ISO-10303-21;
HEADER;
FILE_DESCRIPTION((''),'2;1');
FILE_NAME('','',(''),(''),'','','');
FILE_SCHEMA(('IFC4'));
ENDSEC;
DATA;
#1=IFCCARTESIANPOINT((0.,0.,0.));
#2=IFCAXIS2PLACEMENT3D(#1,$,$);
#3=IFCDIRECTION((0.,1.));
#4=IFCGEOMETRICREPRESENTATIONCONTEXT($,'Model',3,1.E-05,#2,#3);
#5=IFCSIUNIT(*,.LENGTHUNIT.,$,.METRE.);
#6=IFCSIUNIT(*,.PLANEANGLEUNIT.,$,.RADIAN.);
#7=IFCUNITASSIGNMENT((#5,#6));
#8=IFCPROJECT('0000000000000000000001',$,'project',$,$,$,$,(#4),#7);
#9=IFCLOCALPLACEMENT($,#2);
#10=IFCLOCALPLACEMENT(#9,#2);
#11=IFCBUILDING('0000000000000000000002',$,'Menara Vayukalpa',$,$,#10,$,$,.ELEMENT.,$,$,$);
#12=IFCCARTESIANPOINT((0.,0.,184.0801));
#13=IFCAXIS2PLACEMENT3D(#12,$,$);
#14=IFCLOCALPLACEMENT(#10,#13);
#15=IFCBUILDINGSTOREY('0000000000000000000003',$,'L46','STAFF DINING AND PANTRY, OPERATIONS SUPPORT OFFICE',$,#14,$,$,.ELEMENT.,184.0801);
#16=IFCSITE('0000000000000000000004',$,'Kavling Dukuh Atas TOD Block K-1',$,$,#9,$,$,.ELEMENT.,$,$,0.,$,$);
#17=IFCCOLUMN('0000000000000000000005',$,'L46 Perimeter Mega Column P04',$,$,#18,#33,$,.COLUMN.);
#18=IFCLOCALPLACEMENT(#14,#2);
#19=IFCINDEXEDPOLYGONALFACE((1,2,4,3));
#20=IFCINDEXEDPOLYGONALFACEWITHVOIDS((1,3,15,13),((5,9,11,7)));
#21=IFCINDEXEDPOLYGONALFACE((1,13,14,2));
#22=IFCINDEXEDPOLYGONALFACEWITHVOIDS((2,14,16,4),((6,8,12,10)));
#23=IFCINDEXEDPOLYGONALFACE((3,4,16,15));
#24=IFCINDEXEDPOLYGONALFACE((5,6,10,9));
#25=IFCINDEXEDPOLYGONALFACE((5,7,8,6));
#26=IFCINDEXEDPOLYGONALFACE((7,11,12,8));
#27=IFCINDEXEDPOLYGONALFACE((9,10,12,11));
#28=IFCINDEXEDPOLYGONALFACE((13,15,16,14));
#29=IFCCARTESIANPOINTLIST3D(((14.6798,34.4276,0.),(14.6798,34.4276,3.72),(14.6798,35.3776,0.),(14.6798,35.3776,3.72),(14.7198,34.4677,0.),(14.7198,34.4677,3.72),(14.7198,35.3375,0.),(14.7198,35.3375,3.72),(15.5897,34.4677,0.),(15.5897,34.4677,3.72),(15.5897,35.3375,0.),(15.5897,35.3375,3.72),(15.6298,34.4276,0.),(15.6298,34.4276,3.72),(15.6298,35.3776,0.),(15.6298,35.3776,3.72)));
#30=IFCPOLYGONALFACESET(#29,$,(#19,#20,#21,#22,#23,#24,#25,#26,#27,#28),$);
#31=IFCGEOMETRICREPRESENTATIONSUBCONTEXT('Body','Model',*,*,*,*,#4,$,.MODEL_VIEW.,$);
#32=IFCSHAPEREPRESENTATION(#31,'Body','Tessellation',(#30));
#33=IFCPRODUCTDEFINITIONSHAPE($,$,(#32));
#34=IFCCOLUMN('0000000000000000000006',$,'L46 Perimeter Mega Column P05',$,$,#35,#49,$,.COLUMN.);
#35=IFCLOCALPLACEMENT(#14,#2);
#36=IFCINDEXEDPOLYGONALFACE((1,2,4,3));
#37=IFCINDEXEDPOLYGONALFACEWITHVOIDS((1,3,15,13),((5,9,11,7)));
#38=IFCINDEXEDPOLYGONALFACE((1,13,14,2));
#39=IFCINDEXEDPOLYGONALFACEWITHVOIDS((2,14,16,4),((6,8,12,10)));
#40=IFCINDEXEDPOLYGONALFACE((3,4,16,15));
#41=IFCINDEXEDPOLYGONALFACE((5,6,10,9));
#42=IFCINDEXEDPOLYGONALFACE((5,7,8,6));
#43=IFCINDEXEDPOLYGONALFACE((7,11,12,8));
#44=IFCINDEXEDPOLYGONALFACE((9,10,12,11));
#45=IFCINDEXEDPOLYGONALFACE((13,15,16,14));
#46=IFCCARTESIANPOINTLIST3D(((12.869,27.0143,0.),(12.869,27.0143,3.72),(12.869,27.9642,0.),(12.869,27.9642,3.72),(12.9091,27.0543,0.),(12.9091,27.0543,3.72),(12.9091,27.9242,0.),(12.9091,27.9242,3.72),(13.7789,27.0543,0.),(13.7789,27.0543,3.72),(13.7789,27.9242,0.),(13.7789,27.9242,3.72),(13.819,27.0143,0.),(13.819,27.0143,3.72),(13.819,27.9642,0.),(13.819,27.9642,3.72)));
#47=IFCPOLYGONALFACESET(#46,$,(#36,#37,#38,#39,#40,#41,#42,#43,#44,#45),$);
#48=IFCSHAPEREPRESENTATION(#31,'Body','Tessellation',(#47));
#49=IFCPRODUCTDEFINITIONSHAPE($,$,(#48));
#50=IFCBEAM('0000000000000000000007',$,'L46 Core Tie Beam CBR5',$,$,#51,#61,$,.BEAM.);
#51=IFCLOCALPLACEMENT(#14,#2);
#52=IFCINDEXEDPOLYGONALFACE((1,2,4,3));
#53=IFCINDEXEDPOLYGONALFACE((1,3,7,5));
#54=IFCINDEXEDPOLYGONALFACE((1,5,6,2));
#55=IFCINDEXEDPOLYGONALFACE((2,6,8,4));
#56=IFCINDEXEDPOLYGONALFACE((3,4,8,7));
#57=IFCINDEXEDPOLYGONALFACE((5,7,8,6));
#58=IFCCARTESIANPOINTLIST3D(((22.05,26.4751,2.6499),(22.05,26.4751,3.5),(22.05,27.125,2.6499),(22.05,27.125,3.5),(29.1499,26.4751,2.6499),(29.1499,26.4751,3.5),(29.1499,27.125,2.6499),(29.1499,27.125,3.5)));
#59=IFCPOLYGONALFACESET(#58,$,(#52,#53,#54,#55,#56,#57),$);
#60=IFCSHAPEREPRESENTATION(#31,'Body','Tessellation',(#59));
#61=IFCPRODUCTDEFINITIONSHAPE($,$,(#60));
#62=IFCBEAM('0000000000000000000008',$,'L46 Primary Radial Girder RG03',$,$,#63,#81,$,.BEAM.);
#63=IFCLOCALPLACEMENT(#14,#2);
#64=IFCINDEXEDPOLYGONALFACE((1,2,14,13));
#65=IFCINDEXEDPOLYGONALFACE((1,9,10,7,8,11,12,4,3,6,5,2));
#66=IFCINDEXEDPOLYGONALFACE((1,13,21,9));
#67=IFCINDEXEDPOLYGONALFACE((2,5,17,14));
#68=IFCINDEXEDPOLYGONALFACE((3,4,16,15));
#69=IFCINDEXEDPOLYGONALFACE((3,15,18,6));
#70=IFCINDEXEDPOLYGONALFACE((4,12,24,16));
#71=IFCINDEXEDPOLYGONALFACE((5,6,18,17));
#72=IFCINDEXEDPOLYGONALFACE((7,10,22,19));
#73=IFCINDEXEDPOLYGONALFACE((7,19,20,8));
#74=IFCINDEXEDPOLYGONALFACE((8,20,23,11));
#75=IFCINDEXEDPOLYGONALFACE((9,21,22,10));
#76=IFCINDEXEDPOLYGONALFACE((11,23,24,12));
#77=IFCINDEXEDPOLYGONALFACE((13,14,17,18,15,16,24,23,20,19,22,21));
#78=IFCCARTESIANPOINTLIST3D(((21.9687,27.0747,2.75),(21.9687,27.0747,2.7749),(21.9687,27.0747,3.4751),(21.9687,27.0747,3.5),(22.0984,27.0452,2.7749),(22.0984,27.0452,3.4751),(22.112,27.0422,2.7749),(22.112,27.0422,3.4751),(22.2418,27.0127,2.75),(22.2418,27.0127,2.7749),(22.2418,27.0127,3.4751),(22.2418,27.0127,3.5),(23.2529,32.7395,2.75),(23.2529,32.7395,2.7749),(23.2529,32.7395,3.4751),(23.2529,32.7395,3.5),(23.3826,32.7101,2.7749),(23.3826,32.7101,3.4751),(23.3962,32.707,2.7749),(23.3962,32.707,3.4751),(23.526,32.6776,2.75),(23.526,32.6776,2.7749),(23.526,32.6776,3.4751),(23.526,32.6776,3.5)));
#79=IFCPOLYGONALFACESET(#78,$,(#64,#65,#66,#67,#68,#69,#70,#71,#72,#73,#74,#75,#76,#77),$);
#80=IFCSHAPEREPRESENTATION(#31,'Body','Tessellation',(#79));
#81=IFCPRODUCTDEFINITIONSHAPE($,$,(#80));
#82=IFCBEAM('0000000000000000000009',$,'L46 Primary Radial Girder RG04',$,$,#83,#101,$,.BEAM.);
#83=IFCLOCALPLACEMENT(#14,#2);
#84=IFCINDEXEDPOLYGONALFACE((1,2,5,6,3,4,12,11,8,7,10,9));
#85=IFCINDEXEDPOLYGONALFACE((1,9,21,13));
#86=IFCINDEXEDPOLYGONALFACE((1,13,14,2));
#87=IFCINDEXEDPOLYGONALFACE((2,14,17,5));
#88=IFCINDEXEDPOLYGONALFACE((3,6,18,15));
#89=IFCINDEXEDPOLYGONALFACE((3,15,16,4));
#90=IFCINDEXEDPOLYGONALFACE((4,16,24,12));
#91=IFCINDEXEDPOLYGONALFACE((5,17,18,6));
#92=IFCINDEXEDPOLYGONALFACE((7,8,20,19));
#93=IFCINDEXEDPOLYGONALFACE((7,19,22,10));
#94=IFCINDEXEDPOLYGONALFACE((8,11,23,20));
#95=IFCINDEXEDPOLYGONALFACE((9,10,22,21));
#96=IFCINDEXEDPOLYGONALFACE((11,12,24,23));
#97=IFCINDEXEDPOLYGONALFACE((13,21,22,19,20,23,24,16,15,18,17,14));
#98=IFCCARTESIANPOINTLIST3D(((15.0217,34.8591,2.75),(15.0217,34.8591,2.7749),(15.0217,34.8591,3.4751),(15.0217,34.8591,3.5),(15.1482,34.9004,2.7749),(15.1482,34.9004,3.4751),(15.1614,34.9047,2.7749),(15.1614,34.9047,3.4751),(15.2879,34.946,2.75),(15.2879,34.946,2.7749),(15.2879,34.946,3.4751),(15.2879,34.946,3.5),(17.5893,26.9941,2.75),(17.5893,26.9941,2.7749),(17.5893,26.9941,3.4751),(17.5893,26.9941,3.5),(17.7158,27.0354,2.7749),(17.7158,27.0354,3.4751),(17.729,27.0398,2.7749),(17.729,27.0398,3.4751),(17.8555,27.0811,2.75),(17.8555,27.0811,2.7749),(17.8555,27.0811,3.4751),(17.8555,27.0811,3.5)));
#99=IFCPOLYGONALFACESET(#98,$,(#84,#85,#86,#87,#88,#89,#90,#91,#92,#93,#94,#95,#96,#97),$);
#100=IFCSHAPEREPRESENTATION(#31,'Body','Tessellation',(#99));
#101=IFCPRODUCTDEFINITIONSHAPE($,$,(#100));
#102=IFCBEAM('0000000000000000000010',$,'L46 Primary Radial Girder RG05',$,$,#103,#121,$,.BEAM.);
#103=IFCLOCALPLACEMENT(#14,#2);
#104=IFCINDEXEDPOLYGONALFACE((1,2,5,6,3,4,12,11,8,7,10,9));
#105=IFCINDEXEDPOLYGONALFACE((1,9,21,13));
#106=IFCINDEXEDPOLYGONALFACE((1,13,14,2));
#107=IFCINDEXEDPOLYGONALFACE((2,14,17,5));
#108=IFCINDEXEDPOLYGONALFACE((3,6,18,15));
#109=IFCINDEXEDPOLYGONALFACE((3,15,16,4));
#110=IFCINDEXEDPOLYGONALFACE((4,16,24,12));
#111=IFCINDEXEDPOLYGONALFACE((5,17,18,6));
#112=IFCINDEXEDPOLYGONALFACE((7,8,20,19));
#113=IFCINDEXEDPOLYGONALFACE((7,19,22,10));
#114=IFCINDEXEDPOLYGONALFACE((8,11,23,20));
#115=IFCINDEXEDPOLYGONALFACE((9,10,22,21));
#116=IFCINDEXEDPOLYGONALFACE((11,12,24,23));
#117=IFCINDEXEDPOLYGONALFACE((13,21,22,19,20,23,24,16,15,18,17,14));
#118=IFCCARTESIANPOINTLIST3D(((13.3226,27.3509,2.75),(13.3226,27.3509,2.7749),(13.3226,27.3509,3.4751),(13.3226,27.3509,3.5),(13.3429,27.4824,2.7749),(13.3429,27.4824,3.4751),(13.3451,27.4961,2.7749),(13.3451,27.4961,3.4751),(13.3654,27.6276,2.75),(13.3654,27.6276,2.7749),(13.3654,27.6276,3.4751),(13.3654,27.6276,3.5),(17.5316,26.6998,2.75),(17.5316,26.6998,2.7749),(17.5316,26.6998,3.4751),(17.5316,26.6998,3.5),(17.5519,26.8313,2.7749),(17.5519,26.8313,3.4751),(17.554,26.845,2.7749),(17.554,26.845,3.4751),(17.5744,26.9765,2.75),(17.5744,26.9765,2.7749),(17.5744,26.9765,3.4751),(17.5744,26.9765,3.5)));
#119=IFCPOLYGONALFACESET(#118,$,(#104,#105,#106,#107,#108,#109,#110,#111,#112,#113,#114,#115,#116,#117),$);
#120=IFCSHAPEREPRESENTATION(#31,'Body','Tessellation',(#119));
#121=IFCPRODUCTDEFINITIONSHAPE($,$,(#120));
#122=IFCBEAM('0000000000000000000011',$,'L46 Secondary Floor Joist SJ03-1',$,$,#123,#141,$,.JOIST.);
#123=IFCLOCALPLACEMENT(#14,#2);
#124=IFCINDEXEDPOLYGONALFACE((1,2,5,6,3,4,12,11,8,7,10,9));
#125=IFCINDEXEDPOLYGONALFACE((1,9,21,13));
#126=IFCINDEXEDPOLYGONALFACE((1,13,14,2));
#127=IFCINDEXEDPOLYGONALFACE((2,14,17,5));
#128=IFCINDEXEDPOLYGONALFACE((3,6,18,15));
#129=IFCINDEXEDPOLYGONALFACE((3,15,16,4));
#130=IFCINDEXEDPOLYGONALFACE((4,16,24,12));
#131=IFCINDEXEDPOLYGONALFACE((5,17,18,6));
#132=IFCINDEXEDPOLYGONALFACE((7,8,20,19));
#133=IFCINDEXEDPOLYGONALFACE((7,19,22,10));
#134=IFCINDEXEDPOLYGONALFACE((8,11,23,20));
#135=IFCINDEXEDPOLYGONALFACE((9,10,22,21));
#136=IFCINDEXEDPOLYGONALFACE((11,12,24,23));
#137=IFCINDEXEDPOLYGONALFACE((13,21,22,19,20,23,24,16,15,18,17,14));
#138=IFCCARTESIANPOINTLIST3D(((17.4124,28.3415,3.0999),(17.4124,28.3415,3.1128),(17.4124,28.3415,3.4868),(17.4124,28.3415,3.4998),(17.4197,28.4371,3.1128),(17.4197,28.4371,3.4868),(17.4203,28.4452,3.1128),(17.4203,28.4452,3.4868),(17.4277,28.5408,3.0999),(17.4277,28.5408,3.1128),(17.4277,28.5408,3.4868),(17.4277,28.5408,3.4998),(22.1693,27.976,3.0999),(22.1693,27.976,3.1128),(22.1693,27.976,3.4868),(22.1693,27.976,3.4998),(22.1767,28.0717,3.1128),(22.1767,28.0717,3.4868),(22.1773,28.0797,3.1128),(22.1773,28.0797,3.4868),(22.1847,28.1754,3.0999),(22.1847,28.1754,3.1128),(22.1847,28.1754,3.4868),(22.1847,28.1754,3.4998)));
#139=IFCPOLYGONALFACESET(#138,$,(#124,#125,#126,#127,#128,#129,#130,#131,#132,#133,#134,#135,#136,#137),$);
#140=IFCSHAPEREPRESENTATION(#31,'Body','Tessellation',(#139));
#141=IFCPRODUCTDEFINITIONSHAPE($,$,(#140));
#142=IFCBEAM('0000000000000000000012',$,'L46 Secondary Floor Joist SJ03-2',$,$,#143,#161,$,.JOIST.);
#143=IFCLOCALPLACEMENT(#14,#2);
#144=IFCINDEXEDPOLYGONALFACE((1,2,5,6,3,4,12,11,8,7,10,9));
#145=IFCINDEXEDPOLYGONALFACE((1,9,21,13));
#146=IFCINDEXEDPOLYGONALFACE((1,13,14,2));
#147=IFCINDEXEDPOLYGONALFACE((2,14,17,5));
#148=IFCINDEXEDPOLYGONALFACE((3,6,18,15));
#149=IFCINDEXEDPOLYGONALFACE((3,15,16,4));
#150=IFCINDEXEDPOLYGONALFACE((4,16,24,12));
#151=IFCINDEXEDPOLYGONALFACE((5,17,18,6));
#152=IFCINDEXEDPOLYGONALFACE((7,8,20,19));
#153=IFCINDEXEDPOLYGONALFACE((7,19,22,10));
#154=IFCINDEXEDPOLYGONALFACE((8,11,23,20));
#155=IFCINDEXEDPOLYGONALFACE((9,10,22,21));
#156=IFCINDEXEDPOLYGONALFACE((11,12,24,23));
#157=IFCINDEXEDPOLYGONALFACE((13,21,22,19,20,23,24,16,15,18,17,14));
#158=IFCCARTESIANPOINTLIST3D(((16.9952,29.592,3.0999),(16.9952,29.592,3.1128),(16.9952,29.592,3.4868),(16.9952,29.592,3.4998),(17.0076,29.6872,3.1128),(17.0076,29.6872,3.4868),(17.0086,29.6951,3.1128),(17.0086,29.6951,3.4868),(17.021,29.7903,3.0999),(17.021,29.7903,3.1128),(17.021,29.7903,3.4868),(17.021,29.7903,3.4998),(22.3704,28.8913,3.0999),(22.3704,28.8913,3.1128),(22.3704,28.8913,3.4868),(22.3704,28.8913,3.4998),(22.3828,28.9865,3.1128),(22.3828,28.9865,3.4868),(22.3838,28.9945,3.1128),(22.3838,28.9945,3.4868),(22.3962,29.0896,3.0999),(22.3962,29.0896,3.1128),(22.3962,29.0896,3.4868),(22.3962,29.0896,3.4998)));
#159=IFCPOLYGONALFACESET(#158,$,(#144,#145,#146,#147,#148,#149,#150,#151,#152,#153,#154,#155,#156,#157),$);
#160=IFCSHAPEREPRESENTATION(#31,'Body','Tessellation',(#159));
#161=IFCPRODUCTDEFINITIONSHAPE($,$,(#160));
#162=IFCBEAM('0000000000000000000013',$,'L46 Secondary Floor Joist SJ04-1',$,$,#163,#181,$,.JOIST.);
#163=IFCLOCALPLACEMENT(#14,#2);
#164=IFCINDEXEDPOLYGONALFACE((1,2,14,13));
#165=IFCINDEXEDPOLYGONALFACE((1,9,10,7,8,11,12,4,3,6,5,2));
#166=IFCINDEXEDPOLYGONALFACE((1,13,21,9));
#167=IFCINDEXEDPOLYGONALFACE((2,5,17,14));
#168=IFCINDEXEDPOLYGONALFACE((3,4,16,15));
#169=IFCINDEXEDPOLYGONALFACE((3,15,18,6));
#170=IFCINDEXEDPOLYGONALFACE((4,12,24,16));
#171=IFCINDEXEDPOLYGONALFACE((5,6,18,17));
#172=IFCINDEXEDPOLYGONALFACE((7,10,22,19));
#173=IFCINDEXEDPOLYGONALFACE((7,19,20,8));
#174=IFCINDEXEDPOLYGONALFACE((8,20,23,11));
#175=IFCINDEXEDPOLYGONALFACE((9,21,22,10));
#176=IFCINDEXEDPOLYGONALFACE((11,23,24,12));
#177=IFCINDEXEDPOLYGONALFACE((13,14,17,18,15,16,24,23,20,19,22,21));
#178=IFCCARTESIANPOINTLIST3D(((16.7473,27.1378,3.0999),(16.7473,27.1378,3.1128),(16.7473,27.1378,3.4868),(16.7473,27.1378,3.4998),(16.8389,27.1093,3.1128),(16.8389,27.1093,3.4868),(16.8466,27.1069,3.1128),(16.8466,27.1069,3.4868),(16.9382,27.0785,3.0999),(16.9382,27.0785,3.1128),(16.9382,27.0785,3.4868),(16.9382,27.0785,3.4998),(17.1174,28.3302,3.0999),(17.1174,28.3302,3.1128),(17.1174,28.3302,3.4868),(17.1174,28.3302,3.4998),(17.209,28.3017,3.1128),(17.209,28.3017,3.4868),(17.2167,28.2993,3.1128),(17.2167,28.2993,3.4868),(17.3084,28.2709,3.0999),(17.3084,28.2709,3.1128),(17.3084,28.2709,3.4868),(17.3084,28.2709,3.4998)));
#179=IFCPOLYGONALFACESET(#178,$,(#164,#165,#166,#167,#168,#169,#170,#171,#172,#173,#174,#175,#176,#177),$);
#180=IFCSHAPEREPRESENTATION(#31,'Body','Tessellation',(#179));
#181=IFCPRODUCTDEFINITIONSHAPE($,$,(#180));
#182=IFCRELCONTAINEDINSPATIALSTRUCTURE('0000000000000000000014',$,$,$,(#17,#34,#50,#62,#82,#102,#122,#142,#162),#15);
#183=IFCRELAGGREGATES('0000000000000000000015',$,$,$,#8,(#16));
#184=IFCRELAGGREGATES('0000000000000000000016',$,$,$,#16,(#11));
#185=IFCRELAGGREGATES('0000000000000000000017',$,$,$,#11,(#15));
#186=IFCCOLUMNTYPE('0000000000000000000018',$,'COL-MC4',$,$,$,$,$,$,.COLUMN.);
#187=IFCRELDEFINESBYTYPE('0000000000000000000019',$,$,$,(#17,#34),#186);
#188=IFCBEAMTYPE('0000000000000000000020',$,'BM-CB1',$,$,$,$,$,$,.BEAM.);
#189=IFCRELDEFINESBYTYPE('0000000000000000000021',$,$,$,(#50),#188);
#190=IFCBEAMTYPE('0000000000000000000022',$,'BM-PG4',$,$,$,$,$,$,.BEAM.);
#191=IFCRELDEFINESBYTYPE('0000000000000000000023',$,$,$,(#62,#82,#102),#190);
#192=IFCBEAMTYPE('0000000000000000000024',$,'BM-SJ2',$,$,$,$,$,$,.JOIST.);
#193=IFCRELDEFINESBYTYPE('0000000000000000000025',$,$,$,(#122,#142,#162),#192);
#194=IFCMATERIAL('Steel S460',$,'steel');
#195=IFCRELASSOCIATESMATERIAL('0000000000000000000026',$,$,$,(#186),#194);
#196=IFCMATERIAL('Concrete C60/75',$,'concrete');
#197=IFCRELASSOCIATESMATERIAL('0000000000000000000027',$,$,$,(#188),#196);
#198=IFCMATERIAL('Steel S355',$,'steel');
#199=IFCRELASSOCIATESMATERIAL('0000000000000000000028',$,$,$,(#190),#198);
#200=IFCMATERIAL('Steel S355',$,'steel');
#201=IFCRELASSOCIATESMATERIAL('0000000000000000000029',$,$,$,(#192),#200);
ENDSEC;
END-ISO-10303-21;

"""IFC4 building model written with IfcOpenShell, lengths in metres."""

from ifc_helpers import new_model, si_unit, direction, frame, origin, origin_2d, place, context, subcontext, project, spatial, rectangle, hollow_rectangle, i_section, extrude, material, material_profile, profile_set, type_object, element, save


model = new_model("IFC4")

# Units and contexts
model_context = context("Model", 3, precision=1e-05, world=origin(), true_north=direction((0.0, 1.0)))
body_context = subcontext(model_context, "Body", "Model", "MODEL_VIEW")
ifc_project = project(units=[si_unit("LENGTHUNIT", "METRE"), si_unit("PLANEANGLEUNIT", "RADIAN")], contexts=[model_context])

# Site, building, storey
site_placement = place(None, origin())
site = spatial("IfcSite", under=ifc_project, at=site_placement, Name="Kavling Dukuh Atas TOD Block K-1", CompositionType="ELEMENT", RefElevation=0.0)
building_placement = place(site_placement, origin())
building = spatial("IfcBuilding", under=site, at=building_placement, Name="Menara Vayukalpa", CompositionType="ELEMENT")
storey_placement = place(building_placement, frame((0.0, 0.0, 184.0801)))
storey = spatial("IfcBuildingStorey", under=building, at=storey_placement, Name="L46", Description="STAFF DINING AND PANTRY, OPERATIONS SUPPORT OFFICE", CompositionType="ELEMENT", Elevation=184.0801)

# Columns
ifc_material_1 = material(Name="Steel S460", Category="steel")
ifc_material_profile_1 = material_profile(ifc_material_1, hollow_rectangle(XDim=0.95, YDim=0.95, WallThickness=0.04, at=origin_2d()), Name="BOX 950x950x40")
ifc_profile_set_1 = profile_set([ifc_material_profile_1], Name="Steel S460")
column_type = type_object("IfcColumnType", Name="COL-MC4", PredefinedType="COLUMN", material=ifc_profile_set_1)
for number, where, z_axis, x_axis, name in (
    (1, (15.1548, 34.9026, 0.0), (0.0, 0.0, 1.0), (1.0, 0.0, 0.0), "L46 Perimeter Mega Column P04"),
    (2, (13.344, 27.4893, 0.0), (0.0, 0.0, 1.0), (1.0, 0.0, 0.0), "L46 Perimeter Mega Column P05"),
):
    element("IfcColumn", number, at=place(storey_placement, frame(where, z_axis=z_axis, x_axis=x_axis)), inside=storey, type_object=column_type, Name=name, PredefinedType="COLUMN", context=body_context, shape_type="SweptSolid", body=[
        extrude(hollow_rectangle(XDim=0.95, YDim=0.95, WallThickness=0.04, at=origin_2d()), origin(), (0.0, 0.0, 1.0), 3.72),
    ])

# Beams
ifc_material_2 = material(Name="Concrete C60/75", Category="concrete")
ifc_material_profile_2 = material_profile(ifc_material_2, rectangle(XDim=0.6499, YDim=0.8501, at=origin_2d()), Name="RC 650x850")
ifc_profile_set_2 = profile_set([ifc_material_profile_2], Name="Concrete C60/75")
beam_type_1 = type_object("IfcBeamType", Name="BM-CB1", PredefinedType="BEAM", material=ifc_profile_set_2)
beam_1_placement = place(storey_placement, frame((22.05, 26.8, 3.075), z_axis=(1.0, 0.0, 0.0), x_axis=(0.0, 1.0, 0.0)))
element("IfcBeam", 3, at=beam_1_placement, inside=storey, type_object=beam_type_1, Name="L46 Core Tie Beam CBR5", PredefinedType="BEAM", context=body_context, shape_type="SweptSolid", body=[
    extrude(rectangle(XDim=0.6499, YDim=0.8501, at=origin_2d()), origin(), (0.0, 0.0, 1.0), 7.0999),
])
ifc_material_3 = material(Name="Steel S355", Category="steel")
ifc_material_profile_3 = material_profile(ifc_material_3, i_section(OverallWidth=0.28, OverallDepth=0.75, WebThickness=0.0139, FlangeThickness=0.0249, at=origin_2d()), Name="WF 750x280x14x25")
ifc_profile_set_3 = profile_set([ifc_material_profile_3], Name="Steel S355")
beam_type_2 = type_object("IfcBeamType", Name="BM-PG4", PredefinedType="BEAM", material=ifc_profile_set_3)
beam_2_placement = place(storey_placement, frame((22.1052, 27.0437, 3.125), z_axis=(0.221085, 0.975255, 0.0), x_axis=(-0.975255, 0.221085, 0.0)))
element("IfcBeam", 4, at=beam_2_placement, inside=storey, type_object=beam_type_2, Name="L46 Primary Radial Girder RG03", PredefinedType="BEAM", context=body_context, shape_type="SweptSolid", body=[
    extrude(i_section(OverallWidth=0.28, OverallDepth=0.75, WebThickness=0.0139, FlangeThickness=0.0249, at=origin_2d()), origin(), (0.0, 0.0, 1.0), 5.8086),
])
beam_3_placement = place(storey_placement, frame((17.7224, 27.0376, 3.125), z_axis=(-0.310344, 0.950624, 0.0), x_axis=(-0.950624, -0.310344, 0.0)))
element("IfcBeam", 5, at=beam_3_placement, inside=storey, type_object=beam_type_2, Name="L46 Primary Radial Girder RG04", PredefinedType="BEAM", context=body_context, shape_type="SweptSolid", body=[
    extrude(i_section(OverallWidth=0.28, OverallDepth=0.75, WebThickness=0.0139, FlangeThickness=0.0249, at=origin_2d()), origin(), (0.0, 0.0, 1.0), 8.2734),
])
beam_4_placement = place(storey_placement, frame((17.553, 26.8381, 3.125), z_axis=(-0.988245, 0.15288, 0.0), x_axis=(-0.15288, -0.988245, 0.0)))
element("IfcBeam", 6, at=beam_4_placement, inside=storey, type_object=beam_type_2, Name="L46 Primary Radial Girder RG05", PredefinedType="BEAM", context=body_context, shape_type="SweptSolid", body=[
    extrude(i_section(OverallWidth=0.28, OverallDepth=0.75, WebThickness=0.0139, FlangeThickness=0.0249, at=origin_2d()), origin(), (0.0, 0.0, 1.0), 4.259),
])
ifc_material_4 = material(Name="Steel S355", Category="steel")
ifc_material_profile_4 = material_profile(ifc_material_4, i_section(OverallWidth=0.2, OverallDepth=0.3999, WebThickness=0.0081, FlangeThickness=0.0129, at=origin_2d()), Name="WF 400x200x8x13")
ifc_profile_set_4 = profile_set([ifc_material_profile_4], Name="Steel S355")
beam_type_3 = type_object("IfcBeamType", Name="BM-SJ2", PredefinedType="JOIST", material=ifc_profile_set_4)
beam_5_placement = place(storey_placement, frame((22.177, 28.0757, 3.2998), z_axis=(-0.997062, 0.076603, 0.0), x_axis=(-0.076603, -0.997062, 0.0)))
element("IfcBeam", 7, at=beam_5_placement, inside=storey, type_object=beam_type_3, Name="L46 Secondary Floor Joist SJ03-1", PredefinedType="JOIST", context=body_context, shape_type="SweptSolid", body=[
    extrude(i_section(OverallWidth=0.2, OverallDepth=0.3999, WebThickness=0.0081, FlangeThickness=0.0129, at=origin_2d()), origin(), (0.0, 0.0, 1.0), 4.771),
])
beam_6_placement = place(storey_placement, frame((22.3833, 28.9905, 3.2998), z_axis=(-0.991611, 0.12926, 0.0), x_axis=(-0.12926, -0.991611, 0.0)))
element("IfcBeam", 8, at=beam_6_placement, inside=storey, type_object=beam_type_3, Name="L46 Secondary Floor Joist SJ03-2", PredefinedType="JOIST", context=body_context, shape_type="SweptSolid", body=[
    extrude(i_section(OverallWidth=0.2, OverallDepth=0.3999, WebThickness=0.0081, FlangeThickness=0.0129, at=origin_2d()), origin(), (0.0, 0.0, 1.0), 5.4207),
])
beam_7_placement = place(storey_placement, frame((17.2129, 28.3005, 3.2998), z_axis=(-0.296448, -0.955049, 0.0), x_axis=(0.955049, -0.296448, 0.0)))
element("IfcBeam", 9, at=beam_7_placement, inside=storey, type_object=beam_type_3, Name="L46 Secondary Floor Joist SJ04-1", PredefinedType="JOIST", context=body_context, shape_type="SweptSolid", body=[
    extrude(i_section(OverallWidth=0.2, OverallDepth=0.3999, WebThickness=0.0081, FlangeThickness=0.0129, at=origin_2d()), origin(), (0.0, 0.0, 1.0), 1.2485),
])

save(model, "model.ifc")
